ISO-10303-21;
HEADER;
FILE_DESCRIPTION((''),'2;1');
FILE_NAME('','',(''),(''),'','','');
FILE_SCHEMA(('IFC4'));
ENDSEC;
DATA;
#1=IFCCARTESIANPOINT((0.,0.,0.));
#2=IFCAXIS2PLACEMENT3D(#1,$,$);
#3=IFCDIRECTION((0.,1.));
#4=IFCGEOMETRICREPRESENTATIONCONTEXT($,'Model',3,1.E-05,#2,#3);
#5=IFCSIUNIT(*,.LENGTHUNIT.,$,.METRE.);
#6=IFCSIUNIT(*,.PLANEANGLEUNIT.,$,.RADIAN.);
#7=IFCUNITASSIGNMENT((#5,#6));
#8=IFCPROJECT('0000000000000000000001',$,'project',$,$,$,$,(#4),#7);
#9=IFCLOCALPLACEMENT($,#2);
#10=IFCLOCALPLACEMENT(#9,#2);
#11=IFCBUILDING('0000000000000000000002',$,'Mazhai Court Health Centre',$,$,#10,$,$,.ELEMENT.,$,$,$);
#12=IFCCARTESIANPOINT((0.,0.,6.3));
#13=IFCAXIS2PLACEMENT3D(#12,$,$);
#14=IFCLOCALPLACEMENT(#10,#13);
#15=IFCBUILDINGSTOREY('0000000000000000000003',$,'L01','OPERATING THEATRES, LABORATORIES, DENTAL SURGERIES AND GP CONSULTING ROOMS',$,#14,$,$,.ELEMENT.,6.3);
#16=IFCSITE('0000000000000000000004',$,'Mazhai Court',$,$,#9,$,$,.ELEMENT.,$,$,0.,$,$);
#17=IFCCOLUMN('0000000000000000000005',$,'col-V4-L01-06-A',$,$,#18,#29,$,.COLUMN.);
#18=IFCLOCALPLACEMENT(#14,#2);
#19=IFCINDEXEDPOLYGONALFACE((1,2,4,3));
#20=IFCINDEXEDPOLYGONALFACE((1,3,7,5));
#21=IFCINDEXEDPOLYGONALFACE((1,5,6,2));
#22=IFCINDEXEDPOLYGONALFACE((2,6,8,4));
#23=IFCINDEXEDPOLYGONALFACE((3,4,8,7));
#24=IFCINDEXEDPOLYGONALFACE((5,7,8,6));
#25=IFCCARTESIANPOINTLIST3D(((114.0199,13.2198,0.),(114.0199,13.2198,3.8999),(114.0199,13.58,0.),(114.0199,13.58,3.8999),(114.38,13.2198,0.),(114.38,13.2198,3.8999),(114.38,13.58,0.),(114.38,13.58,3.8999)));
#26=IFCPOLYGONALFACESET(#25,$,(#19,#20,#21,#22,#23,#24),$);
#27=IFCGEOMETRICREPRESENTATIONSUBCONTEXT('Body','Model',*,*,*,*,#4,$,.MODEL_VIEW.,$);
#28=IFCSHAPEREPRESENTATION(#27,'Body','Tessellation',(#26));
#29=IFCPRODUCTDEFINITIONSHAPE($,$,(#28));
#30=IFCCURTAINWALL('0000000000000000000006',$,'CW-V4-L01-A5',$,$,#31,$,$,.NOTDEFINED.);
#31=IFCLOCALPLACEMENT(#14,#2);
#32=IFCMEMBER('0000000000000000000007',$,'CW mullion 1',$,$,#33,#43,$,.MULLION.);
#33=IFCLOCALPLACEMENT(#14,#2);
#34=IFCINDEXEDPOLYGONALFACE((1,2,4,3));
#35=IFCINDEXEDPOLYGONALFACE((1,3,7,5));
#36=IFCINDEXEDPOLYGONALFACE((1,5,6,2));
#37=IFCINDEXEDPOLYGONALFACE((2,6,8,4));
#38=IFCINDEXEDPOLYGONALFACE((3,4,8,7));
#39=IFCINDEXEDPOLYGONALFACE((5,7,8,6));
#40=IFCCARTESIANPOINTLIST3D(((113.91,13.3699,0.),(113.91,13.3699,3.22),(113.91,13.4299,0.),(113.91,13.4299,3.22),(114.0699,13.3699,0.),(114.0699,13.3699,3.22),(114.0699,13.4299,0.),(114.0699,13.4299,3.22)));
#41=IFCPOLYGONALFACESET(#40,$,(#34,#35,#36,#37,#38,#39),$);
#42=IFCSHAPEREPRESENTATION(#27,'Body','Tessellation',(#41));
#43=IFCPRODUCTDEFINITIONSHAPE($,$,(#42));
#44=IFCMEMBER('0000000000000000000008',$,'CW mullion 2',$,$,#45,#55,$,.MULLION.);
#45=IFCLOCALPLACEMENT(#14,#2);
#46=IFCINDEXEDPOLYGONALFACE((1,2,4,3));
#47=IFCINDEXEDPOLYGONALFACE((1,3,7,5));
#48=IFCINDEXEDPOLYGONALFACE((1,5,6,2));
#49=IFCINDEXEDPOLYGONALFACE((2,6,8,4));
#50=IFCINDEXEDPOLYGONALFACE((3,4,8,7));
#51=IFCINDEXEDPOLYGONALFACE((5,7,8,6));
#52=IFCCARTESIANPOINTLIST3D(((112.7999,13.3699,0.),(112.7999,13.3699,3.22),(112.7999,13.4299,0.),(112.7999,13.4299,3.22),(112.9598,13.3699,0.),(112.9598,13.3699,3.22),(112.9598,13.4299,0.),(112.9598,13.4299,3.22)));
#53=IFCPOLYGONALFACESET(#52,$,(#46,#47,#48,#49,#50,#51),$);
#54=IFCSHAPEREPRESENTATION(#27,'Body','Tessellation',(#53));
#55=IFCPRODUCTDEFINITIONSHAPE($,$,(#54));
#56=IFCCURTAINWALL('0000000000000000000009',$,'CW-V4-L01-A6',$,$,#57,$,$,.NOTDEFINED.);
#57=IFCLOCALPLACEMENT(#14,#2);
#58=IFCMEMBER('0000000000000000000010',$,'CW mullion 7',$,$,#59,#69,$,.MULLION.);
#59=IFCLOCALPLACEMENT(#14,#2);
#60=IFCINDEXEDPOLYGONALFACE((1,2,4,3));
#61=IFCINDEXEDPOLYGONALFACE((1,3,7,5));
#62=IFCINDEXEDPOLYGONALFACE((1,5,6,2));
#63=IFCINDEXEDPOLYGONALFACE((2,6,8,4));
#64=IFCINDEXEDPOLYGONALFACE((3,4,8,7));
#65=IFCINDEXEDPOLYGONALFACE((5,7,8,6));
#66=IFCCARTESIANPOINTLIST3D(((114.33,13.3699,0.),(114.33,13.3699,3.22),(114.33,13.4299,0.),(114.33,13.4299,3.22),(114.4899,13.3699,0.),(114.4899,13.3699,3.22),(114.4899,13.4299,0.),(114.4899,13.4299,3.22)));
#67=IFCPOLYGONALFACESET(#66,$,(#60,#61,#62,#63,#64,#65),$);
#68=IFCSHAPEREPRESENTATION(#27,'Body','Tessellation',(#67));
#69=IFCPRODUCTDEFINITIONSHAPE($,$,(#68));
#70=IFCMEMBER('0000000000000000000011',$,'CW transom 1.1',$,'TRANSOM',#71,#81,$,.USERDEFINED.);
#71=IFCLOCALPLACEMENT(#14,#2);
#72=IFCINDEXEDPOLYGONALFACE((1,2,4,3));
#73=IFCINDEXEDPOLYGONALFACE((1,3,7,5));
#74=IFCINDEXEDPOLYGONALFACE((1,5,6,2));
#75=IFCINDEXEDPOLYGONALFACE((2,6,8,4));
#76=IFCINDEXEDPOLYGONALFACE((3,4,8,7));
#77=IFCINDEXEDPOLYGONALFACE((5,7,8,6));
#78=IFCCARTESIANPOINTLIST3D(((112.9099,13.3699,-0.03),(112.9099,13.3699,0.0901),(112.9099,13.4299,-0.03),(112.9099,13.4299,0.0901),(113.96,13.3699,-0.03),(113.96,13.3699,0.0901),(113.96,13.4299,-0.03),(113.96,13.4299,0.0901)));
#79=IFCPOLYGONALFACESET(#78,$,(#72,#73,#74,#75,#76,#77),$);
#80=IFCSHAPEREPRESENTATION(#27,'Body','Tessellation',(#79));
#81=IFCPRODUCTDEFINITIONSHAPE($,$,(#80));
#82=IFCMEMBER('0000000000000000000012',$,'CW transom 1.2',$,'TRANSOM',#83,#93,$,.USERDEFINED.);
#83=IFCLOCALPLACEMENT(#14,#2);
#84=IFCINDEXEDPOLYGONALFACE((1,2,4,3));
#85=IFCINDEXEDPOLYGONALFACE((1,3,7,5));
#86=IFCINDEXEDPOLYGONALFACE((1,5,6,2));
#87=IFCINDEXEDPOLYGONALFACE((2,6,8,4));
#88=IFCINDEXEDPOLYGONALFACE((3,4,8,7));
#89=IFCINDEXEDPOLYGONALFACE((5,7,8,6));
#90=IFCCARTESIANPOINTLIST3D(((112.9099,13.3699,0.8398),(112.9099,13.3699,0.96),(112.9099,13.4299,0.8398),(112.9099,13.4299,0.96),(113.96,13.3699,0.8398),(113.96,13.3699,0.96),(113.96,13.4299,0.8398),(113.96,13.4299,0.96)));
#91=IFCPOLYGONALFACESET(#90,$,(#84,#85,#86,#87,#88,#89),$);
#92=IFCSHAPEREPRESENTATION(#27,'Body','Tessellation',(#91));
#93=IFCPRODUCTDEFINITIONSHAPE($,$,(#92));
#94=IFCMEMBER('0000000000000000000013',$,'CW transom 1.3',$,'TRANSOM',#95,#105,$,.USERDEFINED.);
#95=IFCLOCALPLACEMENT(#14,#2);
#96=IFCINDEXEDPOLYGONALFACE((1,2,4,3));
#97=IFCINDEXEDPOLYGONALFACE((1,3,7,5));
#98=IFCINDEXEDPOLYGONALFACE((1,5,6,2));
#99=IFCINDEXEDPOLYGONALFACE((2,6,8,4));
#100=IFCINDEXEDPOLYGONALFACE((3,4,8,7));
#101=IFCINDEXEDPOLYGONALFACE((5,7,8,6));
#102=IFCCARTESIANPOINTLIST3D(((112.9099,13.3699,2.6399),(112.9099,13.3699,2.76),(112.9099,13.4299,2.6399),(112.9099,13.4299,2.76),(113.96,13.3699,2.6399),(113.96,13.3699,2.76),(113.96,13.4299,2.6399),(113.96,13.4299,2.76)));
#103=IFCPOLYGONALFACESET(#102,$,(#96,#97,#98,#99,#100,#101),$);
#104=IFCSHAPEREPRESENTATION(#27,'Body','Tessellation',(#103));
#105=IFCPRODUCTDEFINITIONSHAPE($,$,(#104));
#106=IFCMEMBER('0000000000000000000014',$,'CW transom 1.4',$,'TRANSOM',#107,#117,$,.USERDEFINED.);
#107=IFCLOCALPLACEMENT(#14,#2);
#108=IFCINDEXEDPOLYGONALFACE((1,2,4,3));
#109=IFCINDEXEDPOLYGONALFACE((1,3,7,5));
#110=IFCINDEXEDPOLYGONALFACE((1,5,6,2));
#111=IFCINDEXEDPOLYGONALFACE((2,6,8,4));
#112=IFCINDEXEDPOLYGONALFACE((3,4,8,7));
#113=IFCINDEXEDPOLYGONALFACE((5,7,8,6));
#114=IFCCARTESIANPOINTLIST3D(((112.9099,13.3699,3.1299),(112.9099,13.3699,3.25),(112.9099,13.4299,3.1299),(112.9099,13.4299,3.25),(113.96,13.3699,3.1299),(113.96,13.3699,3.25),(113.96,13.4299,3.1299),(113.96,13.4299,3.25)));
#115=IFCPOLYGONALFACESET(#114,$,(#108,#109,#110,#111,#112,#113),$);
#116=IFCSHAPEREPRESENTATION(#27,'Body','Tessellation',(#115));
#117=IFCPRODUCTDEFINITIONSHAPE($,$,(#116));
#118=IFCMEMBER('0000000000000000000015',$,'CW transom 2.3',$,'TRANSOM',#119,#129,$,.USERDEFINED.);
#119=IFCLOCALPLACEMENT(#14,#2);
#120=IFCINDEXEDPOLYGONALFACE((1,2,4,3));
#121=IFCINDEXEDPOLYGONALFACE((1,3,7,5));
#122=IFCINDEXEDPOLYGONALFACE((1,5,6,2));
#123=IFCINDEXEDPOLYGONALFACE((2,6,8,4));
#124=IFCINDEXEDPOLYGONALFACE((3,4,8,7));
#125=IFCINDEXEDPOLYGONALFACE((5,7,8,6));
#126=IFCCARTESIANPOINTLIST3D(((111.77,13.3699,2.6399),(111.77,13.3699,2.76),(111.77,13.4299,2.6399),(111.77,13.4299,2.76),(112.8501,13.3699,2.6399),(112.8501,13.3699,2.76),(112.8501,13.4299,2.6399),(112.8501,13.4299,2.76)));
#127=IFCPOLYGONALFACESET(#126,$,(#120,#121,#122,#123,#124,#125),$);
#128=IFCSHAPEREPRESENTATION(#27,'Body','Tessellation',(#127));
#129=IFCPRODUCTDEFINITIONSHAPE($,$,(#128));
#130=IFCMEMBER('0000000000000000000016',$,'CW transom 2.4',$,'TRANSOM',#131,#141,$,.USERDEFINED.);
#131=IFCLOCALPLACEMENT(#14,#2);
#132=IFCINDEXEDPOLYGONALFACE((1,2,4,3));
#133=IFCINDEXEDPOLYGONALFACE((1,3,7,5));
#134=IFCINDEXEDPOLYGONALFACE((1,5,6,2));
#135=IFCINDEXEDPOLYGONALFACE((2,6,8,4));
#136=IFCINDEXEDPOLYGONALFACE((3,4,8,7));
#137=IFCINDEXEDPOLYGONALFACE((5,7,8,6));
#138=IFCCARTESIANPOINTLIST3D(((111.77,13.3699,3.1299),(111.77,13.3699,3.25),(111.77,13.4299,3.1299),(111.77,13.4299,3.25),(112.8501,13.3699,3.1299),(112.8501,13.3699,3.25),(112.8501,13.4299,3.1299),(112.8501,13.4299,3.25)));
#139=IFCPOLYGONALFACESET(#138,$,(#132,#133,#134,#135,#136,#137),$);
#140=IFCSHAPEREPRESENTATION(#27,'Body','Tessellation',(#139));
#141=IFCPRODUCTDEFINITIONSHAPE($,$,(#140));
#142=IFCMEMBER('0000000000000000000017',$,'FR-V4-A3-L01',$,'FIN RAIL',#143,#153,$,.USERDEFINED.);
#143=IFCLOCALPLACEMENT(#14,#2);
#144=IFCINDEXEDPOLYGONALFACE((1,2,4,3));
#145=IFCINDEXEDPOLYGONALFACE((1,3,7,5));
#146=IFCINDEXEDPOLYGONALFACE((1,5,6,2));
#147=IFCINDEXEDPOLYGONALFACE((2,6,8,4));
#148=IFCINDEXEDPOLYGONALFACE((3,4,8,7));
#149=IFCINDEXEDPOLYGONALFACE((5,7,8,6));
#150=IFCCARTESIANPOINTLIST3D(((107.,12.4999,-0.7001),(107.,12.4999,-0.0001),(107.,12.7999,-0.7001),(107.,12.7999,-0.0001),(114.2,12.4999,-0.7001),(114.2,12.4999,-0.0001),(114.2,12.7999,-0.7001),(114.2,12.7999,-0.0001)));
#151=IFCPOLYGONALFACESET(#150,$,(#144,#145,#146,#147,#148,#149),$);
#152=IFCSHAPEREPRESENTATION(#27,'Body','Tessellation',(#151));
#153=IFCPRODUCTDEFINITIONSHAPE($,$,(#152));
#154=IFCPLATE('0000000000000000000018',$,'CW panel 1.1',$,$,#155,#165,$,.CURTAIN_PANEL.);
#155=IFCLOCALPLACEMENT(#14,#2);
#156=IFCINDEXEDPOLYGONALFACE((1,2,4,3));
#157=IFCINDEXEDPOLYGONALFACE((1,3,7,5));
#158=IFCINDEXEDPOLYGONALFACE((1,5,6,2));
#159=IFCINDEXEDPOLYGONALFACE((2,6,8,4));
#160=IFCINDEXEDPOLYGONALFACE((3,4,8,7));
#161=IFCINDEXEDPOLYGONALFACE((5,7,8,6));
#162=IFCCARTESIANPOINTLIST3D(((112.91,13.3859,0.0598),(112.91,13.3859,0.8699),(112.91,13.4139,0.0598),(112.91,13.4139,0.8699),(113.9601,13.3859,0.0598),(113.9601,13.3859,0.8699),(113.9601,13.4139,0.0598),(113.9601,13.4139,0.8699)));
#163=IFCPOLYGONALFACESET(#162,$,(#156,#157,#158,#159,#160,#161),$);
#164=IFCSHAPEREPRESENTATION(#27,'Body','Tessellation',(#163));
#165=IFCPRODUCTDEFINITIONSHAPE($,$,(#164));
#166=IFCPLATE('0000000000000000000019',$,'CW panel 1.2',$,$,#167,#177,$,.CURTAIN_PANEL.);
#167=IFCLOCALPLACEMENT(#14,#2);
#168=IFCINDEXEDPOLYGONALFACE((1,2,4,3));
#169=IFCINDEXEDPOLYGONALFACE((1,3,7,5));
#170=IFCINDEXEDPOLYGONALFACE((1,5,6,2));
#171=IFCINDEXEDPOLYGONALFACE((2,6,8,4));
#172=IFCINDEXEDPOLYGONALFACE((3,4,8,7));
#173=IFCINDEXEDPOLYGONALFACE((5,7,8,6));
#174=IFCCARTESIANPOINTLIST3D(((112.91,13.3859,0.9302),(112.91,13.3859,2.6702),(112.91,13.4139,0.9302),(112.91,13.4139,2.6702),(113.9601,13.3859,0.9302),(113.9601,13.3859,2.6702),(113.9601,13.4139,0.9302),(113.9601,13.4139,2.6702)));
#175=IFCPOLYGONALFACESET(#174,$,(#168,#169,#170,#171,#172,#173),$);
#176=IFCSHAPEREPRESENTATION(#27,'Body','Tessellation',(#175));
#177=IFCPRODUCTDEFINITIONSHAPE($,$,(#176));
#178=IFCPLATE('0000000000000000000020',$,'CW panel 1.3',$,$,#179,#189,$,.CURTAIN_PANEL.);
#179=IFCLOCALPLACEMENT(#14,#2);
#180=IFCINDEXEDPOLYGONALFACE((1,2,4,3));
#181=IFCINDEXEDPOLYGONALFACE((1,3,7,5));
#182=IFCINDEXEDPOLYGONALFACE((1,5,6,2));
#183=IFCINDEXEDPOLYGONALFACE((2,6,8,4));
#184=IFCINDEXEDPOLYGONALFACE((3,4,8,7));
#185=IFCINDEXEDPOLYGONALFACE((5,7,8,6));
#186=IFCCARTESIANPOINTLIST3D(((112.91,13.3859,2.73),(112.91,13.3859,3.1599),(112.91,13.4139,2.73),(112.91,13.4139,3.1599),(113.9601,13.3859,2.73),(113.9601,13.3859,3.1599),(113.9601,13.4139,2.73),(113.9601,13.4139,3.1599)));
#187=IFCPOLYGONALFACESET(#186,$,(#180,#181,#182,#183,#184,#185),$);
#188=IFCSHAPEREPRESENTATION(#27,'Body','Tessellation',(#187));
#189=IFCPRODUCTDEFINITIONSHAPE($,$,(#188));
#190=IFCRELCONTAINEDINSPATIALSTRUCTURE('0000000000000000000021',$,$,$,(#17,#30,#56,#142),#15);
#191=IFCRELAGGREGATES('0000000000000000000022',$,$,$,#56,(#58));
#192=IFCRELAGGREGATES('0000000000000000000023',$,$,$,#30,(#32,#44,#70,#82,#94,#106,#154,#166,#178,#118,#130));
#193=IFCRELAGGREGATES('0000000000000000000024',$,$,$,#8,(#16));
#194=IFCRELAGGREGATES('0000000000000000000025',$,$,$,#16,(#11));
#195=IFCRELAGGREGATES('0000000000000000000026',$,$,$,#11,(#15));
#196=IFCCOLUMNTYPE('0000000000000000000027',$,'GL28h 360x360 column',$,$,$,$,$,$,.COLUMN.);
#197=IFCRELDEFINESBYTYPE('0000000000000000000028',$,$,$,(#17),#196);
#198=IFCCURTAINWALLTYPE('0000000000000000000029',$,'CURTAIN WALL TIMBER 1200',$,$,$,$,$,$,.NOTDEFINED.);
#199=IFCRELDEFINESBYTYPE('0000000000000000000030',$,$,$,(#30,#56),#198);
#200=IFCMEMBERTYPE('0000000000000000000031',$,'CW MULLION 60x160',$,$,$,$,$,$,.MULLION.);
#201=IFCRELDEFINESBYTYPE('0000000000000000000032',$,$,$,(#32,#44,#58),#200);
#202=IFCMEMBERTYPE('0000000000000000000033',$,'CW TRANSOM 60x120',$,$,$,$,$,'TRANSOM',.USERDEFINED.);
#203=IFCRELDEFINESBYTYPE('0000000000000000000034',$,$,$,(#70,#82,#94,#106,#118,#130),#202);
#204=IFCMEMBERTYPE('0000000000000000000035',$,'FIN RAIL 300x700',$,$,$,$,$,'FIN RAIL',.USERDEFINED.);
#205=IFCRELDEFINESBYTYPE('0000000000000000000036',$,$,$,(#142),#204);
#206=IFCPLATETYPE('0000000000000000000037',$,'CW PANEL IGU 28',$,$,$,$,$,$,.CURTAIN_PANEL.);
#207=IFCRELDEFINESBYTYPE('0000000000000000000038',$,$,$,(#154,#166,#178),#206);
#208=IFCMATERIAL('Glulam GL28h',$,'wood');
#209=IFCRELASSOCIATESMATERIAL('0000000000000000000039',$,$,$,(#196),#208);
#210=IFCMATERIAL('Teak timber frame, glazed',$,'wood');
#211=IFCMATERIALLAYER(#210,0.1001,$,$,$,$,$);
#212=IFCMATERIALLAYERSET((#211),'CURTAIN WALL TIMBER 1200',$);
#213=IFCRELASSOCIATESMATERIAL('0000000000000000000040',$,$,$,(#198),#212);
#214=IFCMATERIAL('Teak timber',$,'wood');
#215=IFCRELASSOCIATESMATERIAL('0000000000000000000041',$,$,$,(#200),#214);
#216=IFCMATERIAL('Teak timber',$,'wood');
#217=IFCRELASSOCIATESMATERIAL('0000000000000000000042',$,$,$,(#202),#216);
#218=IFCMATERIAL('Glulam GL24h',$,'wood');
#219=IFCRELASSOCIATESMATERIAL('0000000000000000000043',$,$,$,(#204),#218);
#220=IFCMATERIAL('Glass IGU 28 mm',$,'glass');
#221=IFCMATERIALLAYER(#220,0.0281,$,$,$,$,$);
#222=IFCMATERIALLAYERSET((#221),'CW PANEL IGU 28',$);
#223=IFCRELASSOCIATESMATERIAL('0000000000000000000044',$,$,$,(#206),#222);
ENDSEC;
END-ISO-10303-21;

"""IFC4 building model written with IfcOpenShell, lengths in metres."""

from ifc_helpers import new_model, si_unit, direction, frame, origin, origin_2d, place, context, subcontext, project, spatial, rectangle, extrude, material, layer, layer_set, material_profile, profile_set, type_object, element, aggregate, save


model = new_model("IFC4")

# Units and contexts
model_context = context("Model", 3, precision=1e-05, world=origin(), true_north=direction((0.0, 1.0)))
body_context = subcontext(model_context, "Body", "Model", "MODEL_VIEW")
ifc_project = project(units=[si_unit("LENGTHUNIT", "METRE"), si_unit("PLANEANGLEUNIT", "RADIAN")], contexts=[model_context])

# Site, building, storey
site_placement = place(None, origin())
site = spatial("IfcSite", under=ifc_project, at=site_placement, Name="Mazhai Court", CompositionType="ELEMENT", RefElevation=0.0)
building_placement = place(site_placement, origin())
building = spatial("IfcBuilding", under=site, at=building_placement, Name="Mazhai Court Health Centre", CompositionType="ELEMENT")
storey_placement = place(building_placement, frame((0.0, 0.0, 6.3)))
storey = spatial("IfcBuildingStorey", under=building, at=storey_placement, Name="L01", Description="OPERATING THEATRES, LABORATORIES, DENTAL SURGERIES AND GP CONSULTING ROOMS", CompositionType="ELEMENT", Elevation=6.3)

# Column
ifc_material_1 = material(Name="Glulam GL28h", Category="wood")
ifc_material_profile_1 = material_profile(ifc_material_1, rectangle(XDim=0.3601, YDim=0.3601, at=origin_2d()), Name="GL28h 360x360")
ifc_profile_set_1 = profile_set([ifc_material_profile_1], Name="Glulam GL28h")
column_type = type_object("IfcColumnType", Name="GL28h 360x360 column", PredefinedType="COLUMN", material=ifc_profile_set_1)
column_placement = place(storey_placement, frame((114.2, 13.3999, 0.0), z_axis=(0.0, 0.0, 1.0), x_axis=(1.0, 0.0, 0.0)))
element("IfcColumn", 1, at=column_placement, inside=storey, type_object=column_type, Name="col-V4-L01-06-A", PredefinedType="COLUMN", context=body_context, shape_type="SweptSolid", body=[
    extrude(rectangle(XDim=0.3601, YDim=0.3601, at=origin_2d()), origin(), (0.0, 0.0, 1.0), 3.8999),
])

# Curtain wall, members
ifc_material_2 = material(Name="Teak timber frame, glazed", Category="wood")
ifc_layer_1 = layer(ifc_material_2, 0.1001)
ifc_layer_set_1 = layer_set([ifc_layer_1], Name="CURTAIN WALL TIMBER 1200")
curtain_wall_type = type_object("IfcCurtainWallType", Name="CURTAIN WALL TIMBER 1200", PredefinedType="NOTDEFINED", material=ifc_layer_set_1)
curtain_wall_1_placement = place(storey_placement, origin())
curtain_wall_1 = element("IfcCurtainWall", 2, at=curtain_wall_1_placement, inside=storey, type_object=curtain_wall_type, Name="CW-V4-L01-A5", PredefinedType="NOTDEFINED")
ifc_material_3 = material(Name="Teak timber", Category="wood")
ifc_material_profile_2 = material_profile(ifc_material_3, rectangle(XDim=0.0601, YDim=0.1599, at=origin_2d()), Name="CW MULLION 60x160")
ifc_profile_set_2 = profile_set([ifc_material_profile_2], Name="Teak timber")
member_type_1 = type_object("IfcMemberType", Name="CW MULLION 60x160", PredefinedType="MULLION", material=ifc_profile_set_2)
member_1_placement = place(storey_placement, frame((113.99, 13.3999, 0.0), z_axis=(0.0, 0.0, 1.0), x_axis=(0.0, -1.0, 0.0)))
member_1 = element("IfcMember", 3, at=member_1_placement, type_object=member_type_1, Name="CW mullion 1", PredefinedType="MULLION", context=body_context, shape_type="SweptSolid", body=[
    extrude(rectangle(XDim=0.0601, YDim=0.1599, at=origin_2d()), origin(), (0.0, 0.0, 1.0), 3.22),
])
member_2_placement = place(storey_placement, frame((112.8799, 13.3999, 0.0), z_axis=(0.0, 0.0, 1.0), x_axis=(0.0, -1.0, 0.0)))
member_2 = element("IfcMember", 4, at=member_2_placement, type_object=member_type_1, Name="CW mullion 2", PredefinedType="MULLION", context=body_context, shape_type="SweptSolid", body=[
    extrude(rectangle(XDim=0.0601, YDim=0.1599, at=origin_2d()), origin(), (0.0, 0.0, 1.0), 3.22),
])

# Curtain wall, member
curtain_wall_2_placement = place(storey_placement, origin())
curtain_wall_2 = element("IfcCurtainWall", 5, at=curtain_wall_2_placement, inside=storey, type_object=curtain_wall_type, Name="CW-V4-L01-A6", PredefinedType="NOTDEFINED")
member_3_placement = place(storey_placement, frame((114.4099, 13.3999, 0.0), z_axis=(0.0, 0.0, 1.0), x_axis=(0.0, -1.0, 0.0)))
member_3 = element("IfcMember", 6, at=member_3_placement, type_object=member_type_1, Name="CW mullion 7", PredefinedType="MULLION", context=body_context, shape_type="SweptSolid", body=[
    extrude(rectangle(XDim=0.0601, YDim=0.1599, at=origin_2d()), origin(), (0.0, 0.0, 1.0), 3.22),
])
aggregate(curtain_wall_2, [member_3])

# Members
ifc_material_4 = material(Name="Teak timber", Category="wood")
ifc_material_profile_3 = material_profile(ifc_material_4, rectangle(XDim=0.0601, YDim=0.1201, at=origin_2d()), Name="CW TRANSOM 60x120")
ifc_profile_set_3 = profile_set([ifc_material_profile_3], Name="Teak timber")
member_type_2 = type_object("IfcMemberType", Name="CW TRANSOM 60x120", ElementType="TRANSOM", PredefinedType="USERDEFINED", material=ifc_profile_set_3)
member_4_placement = place(storey_placement, frame((113.96, 13.3999, 0.03), z_axis=(-1.0, 0.0, 0.0), x_axis=(0.0, -1.0, 0.0)))
member_4 = element("IfcMember", 7, at=member_4_placement, type_object=member_type_2, Name="CW transom 1.1", ObjectType="TRANSOM", PredefinedType="USERDEFINED", context=body_context, shape_type="SweptSolid", body=[
    extrude(rectangle(XDim=0.0601, YDim=0.1201, at=origin_2d()), origin(), (0.0, 0.0, 1.0), 1.05),
])
member_5_placement = place(storey_placement, frame((113.96, 13.3999, 0.8999), z_axis=(-1.0, 0.0, 0.0), x_axis=(0.0, -1.0, 0.0)))
member_5 = element("IfcMember", 8, at=member_5_placement, type_object=member_type_2, Name="CW transom 1.2", ObjectType="TRANSOM", PredefinedType="USERDEFINED", context=body_context, shape_type="SweptSolid", body=[
    extrude(rectangle(XDim=0.0601, YDim=0.1201, at=origin_2d()), origin(), (0.0, 0.0, 1.0), 1.05),
])
member_6_placement = place(storey_placement, frame((113.96, 13.3999, 2.7), z_axis=(-1.0, 0.0, 0.0), x_axis=(0.0, -1.0, 0.0)))
member_6 = element("IfcMember", 9, at=member_6_placement, type_object=member_type_2, Name="CW transom 1.3", ObjectType="TRANSOM", PredefinedType="USERDEFINED", context=body_context, shape_type="SweptSolid", body=[
    extrude(rectangle(XDim=0.0601, YDim=0.1201, at=origin_2d()), origin(), (0.0, 0.0, 1.0), 1.05),
])
member_7_placement = place(storey_placement, frame((113.96, 13.3999, 3.1899), z_axis=(-1.0, 0.0, 0.0), x_axis=(0.0, -1.0, 0.0)))
member_7 = element("IfcMember", 10, at=member_7_placement, type_object=member_type_2, Name="CW transom 1.4", ObjectType="TRANSOM", PredefinedType="USERDEFINED", context=body_context, shape_type="SweptSolid", body=[
    extrude(rectangle(XDim=0.0601, YDim=0.1201, at=origin_2d()), origin(), (0.0, 0.0, 1.0), 1.05),
])
member_8_placement = place(storey_placement, frame((112.8501, 13.3999, 2.7), z_axis=(-1.0, 0.0, 0.0), x_axis=(0.0, -1.0, 0.0)))
member_8 = element("IfcMember", 11, at=member_8_placement, type_object=member_type_2, Name="CW transom 2.3", ObjectType="TRANSOM", PredefinedType="USERDEFINED", context=body_context, shape_type="SweptSolid", body=[
    extrude(rectangle(XDim=0.0601, YDim=0.1201, at=origin_2d()), origin(), (0.0, 0.0, 1.0), 1.0801),
])
member_9_placement = place(storey_placement, frame((112.8501, 13.3999, 3.1899), z_axis=(-1.0, 0.0, 0.0), x_axis=(0.0, -1.0, 0.0)))
member_9 = element("IfcMember", 12, at=member_9_placement, type_object=member_type_2, Name="CW transom 2.4", ObjectType="TRANSOM", PredefinedType="USERDEFINED", context=body_context, shape_type="SweptSolid", body=[
    extrude(rectangle(XDim=0.0601, YDim=0.1201, at=origin_2d()), origin(), (0.0, 0.0, 1.0), 1.0801),
])
ifc_material_5 = material(Name="Glulam GL24h", Category="wood")
ifc_material_profile_4 = material_profile(ifc_material_5, rectangle(XDim=0.3, YDim=0.7, at=origin_2d()), Name="FIN RAIL 300x700")
ifc_profile_set_4 = profile_set([ifc_material_profile_4], Name="Glulam GL24h")
member_type_3 = type_object("IfcMemberType", Name="FIN RAIL 300x700", ElementType="FIN RAIL", PredefinedType="USERDEFINED", material=ifc_profile_set_4)
member_10_placement = place(storey_placement, frame((114.2, 12.6499, -0.3501), z_axis=(-1.0, 0.0, 0.0), x_axis=(0.0, -1.0, 0.0)))
element("IfcMember", 13, at=member_10_placement, inside=storey, type_object=member_type_3, Name="FR-V4-A3-L01", ObjectType="FIN RAIL", PredefinedType="USERDEFINED", context=body_context, shape_type="SweptSolid", body=[
    extrude(rectangle(XDim=0.3, YDim=0.7, at=origin_2d()), origin(), (0.0, 0.0, 1.0), 7.2),
])

# Plates
ifc_material_6 = material(Name="Glass IGU 28 mm", Category="glass")
ifc_layer_2 = layer(ifc_material_6, 0.0281)
ifc_layer_set_2 = layer_set([ifc_layer_2], Name="CW PANEL IGU 28")
plate_type = type_object("IfcPlateType", Name="CW PANEL IGU 28", PredefinedType="CURTAIN_PANEL", material=ifc_layer_set_2)
plate_1_placement = place(storey_placement, frame((113.4351, 13.3999, 0.0598), z_axis=(0.0, 0.0, 1.0), x_axis=(-1.0, 0.0, 0.0)))
plate_1 = element("IfcPlate", 14, at=plate_1_placement, type_object=plate_type, Name="CW panel 1.1", PredefinedType="CURTAIN_PANEL", context=body_context, shape_type="SweptSolid", body=[
    extrude(rectangle(XDim=1.05, YDim=0.0281, at=origin_2d()), origin(), (0.0, 0.0, 1.0), 0.8101),
])
plate_2_placement = place(storey_placement, frame((113.4351, 13.3999, 0.9302), z_axis=(0.0, 0.0, 1.0), x_axis=(-1.0, 0.0, 0.0)))
plate_2 = element("IfcPlate", 15, at=plate_2_placement, type_object=plate_type, Name="CW panel 1.2", PredefinedType="CURTAIN_PANEL", context=body_context, shape_type="SweptSolid", body=[
    extrude(rectangle(XDim=1.05, YDim=0.0281, at=origin_2d()), origin(), (0.0, 0.0, 1.0), 1.74),
])
plate_3_placement = place(storey_placement, frame((113.4351, 13.3999, 2.73), z_axis=(0.0, 0.0, 1.0), x_axis=(-1.0, 0.0, 0.0)))
plate_3 = element("IfcPlate", 16, at=plate_3_placement, type_object=plate_type, Name="CW panel 1.3", PredefinedType="CURTAIN_PANEL", context=body_context, shape_type="SweptSolid", body=[
    extrude(rectangle(XDim=1.05, YDim=0.0281, at=origin_2d()), origin(), (0.0, 0.0, 1.0), 0.4299),
])
aggregate(curtain_wall_1, [member_1, member_2, member_4, member_5, member_6, member_7, plate_1, plate_2, plate_3, member_8, member_9])

save(model, "model.ifc")
